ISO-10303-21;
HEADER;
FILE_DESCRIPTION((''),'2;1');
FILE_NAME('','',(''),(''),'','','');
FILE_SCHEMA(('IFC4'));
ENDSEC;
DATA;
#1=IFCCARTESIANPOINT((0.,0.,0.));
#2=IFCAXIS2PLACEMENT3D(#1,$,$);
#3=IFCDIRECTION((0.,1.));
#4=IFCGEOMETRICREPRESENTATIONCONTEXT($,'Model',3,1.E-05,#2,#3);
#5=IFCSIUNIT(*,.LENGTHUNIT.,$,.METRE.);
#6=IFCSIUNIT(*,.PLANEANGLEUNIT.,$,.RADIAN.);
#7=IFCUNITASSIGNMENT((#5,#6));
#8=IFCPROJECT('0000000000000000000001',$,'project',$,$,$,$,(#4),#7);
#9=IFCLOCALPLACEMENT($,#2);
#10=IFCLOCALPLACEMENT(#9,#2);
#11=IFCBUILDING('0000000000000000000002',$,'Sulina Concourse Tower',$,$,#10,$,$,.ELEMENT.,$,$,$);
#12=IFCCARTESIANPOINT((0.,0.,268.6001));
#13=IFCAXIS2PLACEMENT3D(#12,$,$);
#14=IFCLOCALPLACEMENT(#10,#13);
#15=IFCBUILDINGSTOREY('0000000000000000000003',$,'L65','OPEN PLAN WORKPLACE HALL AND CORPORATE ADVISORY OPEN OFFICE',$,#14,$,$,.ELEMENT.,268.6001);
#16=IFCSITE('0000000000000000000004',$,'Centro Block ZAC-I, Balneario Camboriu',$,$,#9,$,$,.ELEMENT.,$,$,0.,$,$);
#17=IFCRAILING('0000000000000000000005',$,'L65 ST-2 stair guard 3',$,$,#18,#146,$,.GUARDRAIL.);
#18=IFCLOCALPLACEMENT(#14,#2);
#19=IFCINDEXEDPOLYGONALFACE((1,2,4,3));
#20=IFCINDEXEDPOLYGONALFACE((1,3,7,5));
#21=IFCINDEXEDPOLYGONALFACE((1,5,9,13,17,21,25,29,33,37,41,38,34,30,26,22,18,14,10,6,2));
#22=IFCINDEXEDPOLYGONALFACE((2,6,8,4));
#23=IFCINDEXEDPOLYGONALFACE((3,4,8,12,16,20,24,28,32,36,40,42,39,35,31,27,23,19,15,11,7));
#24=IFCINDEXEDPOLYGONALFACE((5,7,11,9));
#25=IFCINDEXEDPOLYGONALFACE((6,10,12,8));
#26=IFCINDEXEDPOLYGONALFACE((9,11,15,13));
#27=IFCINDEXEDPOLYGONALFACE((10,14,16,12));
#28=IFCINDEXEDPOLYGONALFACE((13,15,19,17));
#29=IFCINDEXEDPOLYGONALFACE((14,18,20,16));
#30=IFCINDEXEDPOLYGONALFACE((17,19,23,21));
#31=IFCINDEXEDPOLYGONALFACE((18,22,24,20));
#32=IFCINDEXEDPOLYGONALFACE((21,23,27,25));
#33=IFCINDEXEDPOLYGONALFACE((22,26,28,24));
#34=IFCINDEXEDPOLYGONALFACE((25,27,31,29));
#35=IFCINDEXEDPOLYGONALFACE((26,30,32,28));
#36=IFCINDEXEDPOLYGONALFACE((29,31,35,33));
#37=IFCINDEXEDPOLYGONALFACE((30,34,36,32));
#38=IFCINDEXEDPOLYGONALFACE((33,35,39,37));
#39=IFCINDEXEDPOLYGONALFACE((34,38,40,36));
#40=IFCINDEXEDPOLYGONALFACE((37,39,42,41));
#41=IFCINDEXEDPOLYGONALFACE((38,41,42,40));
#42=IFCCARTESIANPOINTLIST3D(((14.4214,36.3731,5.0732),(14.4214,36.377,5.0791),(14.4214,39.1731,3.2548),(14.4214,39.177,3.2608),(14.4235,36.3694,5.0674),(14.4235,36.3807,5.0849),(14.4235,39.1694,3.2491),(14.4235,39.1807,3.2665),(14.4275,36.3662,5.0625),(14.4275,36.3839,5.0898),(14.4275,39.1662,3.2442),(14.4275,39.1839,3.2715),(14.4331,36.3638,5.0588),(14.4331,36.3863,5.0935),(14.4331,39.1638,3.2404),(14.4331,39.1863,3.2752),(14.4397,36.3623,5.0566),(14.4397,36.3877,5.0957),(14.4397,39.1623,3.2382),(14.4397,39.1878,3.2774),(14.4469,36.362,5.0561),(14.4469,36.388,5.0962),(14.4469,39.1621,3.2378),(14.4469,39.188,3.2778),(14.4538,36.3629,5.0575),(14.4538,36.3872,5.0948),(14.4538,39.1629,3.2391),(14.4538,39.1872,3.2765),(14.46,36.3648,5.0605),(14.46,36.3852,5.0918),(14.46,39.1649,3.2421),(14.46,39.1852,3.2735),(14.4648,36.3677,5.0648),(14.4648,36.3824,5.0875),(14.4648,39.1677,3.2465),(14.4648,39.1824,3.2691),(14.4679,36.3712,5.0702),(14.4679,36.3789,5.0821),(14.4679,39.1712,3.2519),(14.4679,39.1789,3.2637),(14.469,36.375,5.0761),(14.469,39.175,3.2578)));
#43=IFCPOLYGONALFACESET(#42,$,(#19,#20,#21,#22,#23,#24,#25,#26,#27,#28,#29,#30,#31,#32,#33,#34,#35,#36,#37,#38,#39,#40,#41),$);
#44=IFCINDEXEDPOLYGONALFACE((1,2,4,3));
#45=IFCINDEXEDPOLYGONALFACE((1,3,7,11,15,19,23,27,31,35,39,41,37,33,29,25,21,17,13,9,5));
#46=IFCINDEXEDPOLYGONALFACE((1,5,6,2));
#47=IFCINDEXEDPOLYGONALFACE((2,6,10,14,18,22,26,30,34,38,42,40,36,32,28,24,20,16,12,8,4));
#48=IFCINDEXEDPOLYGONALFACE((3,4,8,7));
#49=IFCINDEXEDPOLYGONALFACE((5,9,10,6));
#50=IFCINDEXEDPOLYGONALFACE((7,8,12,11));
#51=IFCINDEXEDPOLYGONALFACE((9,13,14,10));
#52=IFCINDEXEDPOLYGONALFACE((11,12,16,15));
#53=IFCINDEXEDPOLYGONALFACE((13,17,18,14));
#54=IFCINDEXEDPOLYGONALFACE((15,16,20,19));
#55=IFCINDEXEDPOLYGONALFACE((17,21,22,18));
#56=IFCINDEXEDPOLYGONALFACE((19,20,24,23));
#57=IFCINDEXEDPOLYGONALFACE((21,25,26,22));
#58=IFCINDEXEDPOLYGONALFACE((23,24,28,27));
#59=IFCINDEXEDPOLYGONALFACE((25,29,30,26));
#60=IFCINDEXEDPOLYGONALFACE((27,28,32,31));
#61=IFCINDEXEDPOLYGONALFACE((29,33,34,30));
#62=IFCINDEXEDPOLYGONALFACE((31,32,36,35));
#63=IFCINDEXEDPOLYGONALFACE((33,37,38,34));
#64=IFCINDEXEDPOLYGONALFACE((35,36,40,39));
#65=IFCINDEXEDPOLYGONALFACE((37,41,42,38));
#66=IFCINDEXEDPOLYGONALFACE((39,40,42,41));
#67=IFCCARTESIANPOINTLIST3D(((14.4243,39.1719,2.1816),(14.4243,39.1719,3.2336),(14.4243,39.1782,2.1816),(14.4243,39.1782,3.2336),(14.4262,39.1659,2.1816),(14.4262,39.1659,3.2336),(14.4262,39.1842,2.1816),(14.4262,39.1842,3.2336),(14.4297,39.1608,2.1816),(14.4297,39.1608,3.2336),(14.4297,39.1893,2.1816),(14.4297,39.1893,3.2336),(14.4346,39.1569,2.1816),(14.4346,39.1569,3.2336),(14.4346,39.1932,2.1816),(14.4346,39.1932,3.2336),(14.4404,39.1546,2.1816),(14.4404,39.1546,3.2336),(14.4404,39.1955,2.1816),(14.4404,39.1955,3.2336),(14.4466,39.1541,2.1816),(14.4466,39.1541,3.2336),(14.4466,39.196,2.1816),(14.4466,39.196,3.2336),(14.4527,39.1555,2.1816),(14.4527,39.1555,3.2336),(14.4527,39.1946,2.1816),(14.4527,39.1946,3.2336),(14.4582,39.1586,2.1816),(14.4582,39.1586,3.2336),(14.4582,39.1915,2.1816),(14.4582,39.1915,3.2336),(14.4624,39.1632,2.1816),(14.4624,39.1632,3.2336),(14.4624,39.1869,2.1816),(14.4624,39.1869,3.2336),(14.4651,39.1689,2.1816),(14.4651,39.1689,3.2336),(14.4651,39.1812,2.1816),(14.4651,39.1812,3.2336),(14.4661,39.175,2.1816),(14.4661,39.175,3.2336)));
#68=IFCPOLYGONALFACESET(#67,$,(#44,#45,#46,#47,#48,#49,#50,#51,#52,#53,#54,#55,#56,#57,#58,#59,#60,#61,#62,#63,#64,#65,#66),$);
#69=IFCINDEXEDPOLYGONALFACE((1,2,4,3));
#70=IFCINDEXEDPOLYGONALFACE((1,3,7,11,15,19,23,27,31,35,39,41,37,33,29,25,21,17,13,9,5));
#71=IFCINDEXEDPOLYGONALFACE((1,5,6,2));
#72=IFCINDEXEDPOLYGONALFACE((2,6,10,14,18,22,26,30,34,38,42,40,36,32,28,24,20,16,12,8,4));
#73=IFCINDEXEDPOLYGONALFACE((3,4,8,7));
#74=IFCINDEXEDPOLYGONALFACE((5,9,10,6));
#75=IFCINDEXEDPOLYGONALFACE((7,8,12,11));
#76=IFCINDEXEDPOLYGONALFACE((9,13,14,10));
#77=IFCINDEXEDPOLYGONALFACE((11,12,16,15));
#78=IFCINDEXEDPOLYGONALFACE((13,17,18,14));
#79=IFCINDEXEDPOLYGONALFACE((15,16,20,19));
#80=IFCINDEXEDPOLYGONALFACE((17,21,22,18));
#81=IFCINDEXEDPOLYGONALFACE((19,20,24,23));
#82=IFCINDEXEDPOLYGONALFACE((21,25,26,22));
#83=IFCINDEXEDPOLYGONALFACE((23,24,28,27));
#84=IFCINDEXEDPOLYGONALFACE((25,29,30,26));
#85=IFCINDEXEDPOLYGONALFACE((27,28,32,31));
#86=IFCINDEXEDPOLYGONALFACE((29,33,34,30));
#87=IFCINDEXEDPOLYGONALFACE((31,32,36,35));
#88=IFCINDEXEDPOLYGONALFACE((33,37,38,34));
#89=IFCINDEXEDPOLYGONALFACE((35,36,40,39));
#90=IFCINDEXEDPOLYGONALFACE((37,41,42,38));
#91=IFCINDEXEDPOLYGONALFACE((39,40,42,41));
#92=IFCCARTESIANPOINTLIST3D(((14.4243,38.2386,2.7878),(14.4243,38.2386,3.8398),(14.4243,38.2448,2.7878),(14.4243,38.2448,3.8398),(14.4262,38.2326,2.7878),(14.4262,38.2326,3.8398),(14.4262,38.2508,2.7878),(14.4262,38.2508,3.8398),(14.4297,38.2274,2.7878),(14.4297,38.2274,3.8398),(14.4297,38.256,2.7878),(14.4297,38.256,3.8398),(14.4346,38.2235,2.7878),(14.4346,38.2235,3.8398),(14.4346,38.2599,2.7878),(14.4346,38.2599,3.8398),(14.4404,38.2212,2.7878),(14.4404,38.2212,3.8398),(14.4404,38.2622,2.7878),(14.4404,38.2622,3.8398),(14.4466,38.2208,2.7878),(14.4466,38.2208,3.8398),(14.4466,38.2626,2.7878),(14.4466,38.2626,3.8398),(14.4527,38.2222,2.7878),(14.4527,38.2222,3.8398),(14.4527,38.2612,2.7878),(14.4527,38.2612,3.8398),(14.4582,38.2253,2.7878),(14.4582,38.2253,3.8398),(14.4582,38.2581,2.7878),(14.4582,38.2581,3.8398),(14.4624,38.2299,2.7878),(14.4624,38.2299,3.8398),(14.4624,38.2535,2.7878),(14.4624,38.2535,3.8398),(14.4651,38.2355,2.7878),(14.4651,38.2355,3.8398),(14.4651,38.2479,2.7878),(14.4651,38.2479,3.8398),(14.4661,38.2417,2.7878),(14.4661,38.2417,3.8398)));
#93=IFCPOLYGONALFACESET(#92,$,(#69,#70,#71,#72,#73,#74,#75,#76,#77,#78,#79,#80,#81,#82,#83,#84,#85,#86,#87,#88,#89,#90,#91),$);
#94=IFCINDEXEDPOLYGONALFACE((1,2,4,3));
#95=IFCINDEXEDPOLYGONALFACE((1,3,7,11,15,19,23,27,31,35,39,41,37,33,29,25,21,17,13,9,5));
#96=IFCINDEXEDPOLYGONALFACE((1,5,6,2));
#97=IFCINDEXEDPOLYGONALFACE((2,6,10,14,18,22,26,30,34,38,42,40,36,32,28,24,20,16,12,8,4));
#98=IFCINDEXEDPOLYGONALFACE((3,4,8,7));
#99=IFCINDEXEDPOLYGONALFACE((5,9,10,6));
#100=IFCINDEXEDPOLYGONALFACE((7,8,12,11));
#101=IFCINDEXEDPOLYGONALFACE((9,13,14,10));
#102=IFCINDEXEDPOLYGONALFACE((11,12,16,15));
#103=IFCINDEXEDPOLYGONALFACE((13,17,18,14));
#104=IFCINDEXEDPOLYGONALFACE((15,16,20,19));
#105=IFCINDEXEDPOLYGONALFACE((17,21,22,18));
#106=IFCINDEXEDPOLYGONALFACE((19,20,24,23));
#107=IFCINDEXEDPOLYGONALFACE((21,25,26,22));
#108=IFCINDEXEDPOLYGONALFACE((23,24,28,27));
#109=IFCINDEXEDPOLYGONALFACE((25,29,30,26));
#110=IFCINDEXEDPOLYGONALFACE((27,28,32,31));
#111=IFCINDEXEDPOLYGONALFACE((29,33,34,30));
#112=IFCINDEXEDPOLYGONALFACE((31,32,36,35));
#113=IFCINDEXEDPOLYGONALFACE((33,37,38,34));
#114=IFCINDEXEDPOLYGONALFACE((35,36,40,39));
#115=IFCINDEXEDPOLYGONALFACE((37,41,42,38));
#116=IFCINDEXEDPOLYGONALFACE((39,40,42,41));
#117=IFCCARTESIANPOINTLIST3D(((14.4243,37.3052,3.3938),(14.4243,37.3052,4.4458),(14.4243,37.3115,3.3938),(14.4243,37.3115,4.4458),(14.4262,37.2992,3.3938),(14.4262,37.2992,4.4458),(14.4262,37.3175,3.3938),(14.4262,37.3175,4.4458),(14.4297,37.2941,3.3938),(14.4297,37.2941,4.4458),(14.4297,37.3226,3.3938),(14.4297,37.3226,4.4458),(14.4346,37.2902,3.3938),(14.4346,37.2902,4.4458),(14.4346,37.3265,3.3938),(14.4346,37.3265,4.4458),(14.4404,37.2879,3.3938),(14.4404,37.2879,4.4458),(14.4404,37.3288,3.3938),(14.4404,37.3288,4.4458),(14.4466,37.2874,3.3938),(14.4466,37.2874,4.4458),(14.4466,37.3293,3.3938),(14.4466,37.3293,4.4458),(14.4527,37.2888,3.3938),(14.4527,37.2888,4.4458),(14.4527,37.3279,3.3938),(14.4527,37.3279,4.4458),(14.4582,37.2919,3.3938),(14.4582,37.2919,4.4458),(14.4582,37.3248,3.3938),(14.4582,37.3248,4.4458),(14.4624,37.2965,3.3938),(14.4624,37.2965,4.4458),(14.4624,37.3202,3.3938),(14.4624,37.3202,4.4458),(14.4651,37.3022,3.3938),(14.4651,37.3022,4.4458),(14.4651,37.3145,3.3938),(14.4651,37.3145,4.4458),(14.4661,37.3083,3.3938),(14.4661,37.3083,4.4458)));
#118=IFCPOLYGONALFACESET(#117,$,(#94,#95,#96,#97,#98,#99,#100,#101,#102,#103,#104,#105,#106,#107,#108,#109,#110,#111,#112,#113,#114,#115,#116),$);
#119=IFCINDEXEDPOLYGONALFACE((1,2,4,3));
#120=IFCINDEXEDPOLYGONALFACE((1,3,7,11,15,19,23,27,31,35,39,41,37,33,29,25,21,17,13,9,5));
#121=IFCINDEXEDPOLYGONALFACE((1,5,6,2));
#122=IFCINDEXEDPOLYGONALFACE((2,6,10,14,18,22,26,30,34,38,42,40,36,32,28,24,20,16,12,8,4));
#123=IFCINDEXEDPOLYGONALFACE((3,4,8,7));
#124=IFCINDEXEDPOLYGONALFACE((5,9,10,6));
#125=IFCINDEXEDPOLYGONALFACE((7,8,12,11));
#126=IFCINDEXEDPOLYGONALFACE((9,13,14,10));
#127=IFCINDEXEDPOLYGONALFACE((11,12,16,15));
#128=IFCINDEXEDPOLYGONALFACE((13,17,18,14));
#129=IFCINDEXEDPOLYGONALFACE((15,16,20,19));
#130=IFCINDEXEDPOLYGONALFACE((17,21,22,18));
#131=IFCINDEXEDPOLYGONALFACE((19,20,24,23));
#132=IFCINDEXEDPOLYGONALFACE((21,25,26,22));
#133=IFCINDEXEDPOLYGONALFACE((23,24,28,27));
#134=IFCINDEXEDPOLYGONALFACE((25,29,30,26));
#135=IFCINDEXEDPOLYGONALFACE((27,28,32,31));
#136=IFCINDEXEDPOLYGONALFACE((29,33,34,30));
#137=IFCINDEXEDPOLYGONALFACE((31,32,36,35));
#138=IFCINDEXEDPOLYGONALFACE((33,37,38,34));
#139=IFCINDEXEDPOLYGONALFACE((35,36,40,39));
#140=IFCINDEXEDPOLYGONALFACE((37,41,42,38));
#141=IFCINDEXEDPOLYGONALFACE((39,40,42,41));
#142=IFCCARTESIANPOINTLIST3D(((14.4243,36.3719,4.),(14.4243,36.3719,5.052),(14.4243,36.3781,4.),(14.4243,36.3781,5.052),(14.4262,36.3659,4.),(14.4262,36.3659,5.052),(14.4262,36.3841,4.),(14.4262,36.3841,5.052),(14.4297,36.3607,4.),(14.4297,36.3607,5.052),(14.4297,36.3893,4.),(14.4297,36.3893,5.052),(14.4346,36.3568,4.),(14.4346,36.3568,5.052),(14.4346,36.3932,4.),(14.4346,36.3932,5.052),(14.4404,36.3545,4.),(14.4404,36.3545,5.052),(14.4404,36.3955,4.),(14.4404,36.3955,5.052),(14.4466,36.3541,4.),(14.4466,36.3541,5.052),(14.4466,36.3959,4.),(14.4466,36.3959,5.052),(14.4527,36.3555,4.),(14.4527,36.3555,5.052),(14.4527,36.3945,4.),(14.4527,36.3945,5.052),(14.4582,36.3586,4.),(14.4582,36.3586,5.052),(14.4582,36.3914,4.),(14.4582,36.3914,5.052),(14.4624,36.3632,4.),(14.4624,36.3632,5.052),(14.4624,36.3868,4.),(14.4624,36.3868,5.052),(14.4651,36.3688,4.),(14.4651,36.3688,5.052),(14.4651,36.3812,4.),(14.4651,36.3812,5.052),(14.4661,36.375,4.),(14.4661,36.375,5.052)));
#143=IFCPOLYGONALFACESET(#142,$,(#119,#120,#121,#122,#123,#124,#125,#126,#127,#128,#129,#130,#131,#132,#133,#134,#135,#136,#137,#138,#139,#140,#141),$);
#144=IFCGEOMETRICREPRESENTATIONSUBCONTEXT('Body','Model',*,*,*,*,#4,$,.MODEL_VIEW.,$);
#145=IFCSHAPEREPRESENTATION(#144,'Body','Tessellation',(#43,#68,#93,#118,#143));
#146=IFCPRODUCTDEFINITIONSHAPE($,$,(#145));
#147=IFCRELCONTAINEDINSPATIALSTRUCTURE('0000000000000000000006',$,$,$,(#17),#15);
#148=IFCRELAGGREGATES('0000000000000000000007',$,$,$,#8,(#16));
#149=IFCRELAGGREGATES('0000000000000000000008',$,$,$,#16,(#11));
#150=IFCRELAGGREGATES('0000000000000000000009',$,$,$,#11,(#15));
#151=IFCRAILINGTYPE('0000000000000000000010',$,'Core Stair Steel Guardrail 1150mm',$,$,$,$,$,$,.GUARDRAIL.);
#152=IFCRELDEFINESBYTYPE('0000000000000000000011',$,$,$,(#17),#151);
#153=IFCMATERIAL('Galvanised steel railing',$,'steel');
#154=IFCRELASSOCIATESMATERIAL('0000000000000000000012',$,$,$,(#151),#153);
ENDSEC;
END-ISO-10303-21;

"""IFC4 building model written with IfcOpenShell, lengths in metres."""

from ifc_helpers import new_model, si_unit, direction, frame, origin, origin_2d, place, context, subcontext, project, spatial, circle, extrude, material, type_object, element, save


model = new_model("IFC4")

# Units and contexts
model_context = context("Model", 3, precision=1e-05, world=origin(), true_north=direction((0.0, 1.0)))
body_context = subcontext(model_context, "Body", "Model", "MODEL_VIEW")
ifc_project = project(units=[si_unit("LENGTHUNIT", "METRE"), si_unit("PLANEANGLEUNIT", "RADIAN")], contexts=[model_context])

# Site, building, storey
site_placement = place(None, origin())
site = spatial("IfcSite", under=ifc_project, at=site_placement, Name="Centro Block ZAC-I, Balneario Camboriu", CompositionType="ELEMENT", RefElevation=0.0)
building_placement = place(site_placement, origin())
building = spatial("IfcBuilding", under=site, at=building_placement, Name="Sulina Concourse Tower", CompositionType="ELEMENT")
storey_placement = place(building_placement, frame((0.0, 0.0, 268.6001)))
storey = spatial("IfcBuildingStorey", under=building, at=storey_placement, Name="L65", Description="OPEN PLAN WORKPLACE HALL AND CORPORATE ADVISORY OPEN OFFICE", CompositionType="ELEMENT", Elevation=268.6001)

# Railing
ifc_material_1 = material(Name="Galvanised steel railing", Category="steel")
railing_type_1 = type_object("IfcRailingType", Name="Core Stair Steel Guardrail 1150mm", PredefinedType="GUARDRAIL", material=ifc_material_1)
railing_1_placement = place(storey_placement, frame((14.4451, 39.175, 2.1816)))
element("IfcRailing", 1, at=railing_1_placement, inside=storey, type_object=railing_type_1, Name="L65 ST-2 stair guard 3", PredefinedType="GUARDRAIL", context=body_context, shape_type="SweptSolid", body=[
    extrude(circle(Radius=0.0239, at=origin_2d()), frame((0.0, 0.0, 1.0762), z_axis=(0.0, -0.838672, 0.544636), x_axis=(1.0, 0.0, 0.0)), (0.0, 0.0, 1.0), 3.3386),
    extrude(circle(Radius=0.021, at=origin_2d()), origin(), (0.0, 0.0, 1.0), 1.052),
    extrude(circle(Radius=0.021, at=origin_2d()), frame((0.0, -0.9333, 0.6062)), (0.0, 0.0, 1.0), 1.052),
    extrude(circle(Radius=0.021, at=origin_2d()), frame((0.0, -1.8667, 1.2122)), (0.0, 0.0, 1.0), 1.052),
    extrude(circle(Radius=0.021, at=origin_2d()), frame((0.0, -2.8, 1.8184)), (0.0, 0.0, 1.0), 1.052),
])

save(model, "model.ifc")
